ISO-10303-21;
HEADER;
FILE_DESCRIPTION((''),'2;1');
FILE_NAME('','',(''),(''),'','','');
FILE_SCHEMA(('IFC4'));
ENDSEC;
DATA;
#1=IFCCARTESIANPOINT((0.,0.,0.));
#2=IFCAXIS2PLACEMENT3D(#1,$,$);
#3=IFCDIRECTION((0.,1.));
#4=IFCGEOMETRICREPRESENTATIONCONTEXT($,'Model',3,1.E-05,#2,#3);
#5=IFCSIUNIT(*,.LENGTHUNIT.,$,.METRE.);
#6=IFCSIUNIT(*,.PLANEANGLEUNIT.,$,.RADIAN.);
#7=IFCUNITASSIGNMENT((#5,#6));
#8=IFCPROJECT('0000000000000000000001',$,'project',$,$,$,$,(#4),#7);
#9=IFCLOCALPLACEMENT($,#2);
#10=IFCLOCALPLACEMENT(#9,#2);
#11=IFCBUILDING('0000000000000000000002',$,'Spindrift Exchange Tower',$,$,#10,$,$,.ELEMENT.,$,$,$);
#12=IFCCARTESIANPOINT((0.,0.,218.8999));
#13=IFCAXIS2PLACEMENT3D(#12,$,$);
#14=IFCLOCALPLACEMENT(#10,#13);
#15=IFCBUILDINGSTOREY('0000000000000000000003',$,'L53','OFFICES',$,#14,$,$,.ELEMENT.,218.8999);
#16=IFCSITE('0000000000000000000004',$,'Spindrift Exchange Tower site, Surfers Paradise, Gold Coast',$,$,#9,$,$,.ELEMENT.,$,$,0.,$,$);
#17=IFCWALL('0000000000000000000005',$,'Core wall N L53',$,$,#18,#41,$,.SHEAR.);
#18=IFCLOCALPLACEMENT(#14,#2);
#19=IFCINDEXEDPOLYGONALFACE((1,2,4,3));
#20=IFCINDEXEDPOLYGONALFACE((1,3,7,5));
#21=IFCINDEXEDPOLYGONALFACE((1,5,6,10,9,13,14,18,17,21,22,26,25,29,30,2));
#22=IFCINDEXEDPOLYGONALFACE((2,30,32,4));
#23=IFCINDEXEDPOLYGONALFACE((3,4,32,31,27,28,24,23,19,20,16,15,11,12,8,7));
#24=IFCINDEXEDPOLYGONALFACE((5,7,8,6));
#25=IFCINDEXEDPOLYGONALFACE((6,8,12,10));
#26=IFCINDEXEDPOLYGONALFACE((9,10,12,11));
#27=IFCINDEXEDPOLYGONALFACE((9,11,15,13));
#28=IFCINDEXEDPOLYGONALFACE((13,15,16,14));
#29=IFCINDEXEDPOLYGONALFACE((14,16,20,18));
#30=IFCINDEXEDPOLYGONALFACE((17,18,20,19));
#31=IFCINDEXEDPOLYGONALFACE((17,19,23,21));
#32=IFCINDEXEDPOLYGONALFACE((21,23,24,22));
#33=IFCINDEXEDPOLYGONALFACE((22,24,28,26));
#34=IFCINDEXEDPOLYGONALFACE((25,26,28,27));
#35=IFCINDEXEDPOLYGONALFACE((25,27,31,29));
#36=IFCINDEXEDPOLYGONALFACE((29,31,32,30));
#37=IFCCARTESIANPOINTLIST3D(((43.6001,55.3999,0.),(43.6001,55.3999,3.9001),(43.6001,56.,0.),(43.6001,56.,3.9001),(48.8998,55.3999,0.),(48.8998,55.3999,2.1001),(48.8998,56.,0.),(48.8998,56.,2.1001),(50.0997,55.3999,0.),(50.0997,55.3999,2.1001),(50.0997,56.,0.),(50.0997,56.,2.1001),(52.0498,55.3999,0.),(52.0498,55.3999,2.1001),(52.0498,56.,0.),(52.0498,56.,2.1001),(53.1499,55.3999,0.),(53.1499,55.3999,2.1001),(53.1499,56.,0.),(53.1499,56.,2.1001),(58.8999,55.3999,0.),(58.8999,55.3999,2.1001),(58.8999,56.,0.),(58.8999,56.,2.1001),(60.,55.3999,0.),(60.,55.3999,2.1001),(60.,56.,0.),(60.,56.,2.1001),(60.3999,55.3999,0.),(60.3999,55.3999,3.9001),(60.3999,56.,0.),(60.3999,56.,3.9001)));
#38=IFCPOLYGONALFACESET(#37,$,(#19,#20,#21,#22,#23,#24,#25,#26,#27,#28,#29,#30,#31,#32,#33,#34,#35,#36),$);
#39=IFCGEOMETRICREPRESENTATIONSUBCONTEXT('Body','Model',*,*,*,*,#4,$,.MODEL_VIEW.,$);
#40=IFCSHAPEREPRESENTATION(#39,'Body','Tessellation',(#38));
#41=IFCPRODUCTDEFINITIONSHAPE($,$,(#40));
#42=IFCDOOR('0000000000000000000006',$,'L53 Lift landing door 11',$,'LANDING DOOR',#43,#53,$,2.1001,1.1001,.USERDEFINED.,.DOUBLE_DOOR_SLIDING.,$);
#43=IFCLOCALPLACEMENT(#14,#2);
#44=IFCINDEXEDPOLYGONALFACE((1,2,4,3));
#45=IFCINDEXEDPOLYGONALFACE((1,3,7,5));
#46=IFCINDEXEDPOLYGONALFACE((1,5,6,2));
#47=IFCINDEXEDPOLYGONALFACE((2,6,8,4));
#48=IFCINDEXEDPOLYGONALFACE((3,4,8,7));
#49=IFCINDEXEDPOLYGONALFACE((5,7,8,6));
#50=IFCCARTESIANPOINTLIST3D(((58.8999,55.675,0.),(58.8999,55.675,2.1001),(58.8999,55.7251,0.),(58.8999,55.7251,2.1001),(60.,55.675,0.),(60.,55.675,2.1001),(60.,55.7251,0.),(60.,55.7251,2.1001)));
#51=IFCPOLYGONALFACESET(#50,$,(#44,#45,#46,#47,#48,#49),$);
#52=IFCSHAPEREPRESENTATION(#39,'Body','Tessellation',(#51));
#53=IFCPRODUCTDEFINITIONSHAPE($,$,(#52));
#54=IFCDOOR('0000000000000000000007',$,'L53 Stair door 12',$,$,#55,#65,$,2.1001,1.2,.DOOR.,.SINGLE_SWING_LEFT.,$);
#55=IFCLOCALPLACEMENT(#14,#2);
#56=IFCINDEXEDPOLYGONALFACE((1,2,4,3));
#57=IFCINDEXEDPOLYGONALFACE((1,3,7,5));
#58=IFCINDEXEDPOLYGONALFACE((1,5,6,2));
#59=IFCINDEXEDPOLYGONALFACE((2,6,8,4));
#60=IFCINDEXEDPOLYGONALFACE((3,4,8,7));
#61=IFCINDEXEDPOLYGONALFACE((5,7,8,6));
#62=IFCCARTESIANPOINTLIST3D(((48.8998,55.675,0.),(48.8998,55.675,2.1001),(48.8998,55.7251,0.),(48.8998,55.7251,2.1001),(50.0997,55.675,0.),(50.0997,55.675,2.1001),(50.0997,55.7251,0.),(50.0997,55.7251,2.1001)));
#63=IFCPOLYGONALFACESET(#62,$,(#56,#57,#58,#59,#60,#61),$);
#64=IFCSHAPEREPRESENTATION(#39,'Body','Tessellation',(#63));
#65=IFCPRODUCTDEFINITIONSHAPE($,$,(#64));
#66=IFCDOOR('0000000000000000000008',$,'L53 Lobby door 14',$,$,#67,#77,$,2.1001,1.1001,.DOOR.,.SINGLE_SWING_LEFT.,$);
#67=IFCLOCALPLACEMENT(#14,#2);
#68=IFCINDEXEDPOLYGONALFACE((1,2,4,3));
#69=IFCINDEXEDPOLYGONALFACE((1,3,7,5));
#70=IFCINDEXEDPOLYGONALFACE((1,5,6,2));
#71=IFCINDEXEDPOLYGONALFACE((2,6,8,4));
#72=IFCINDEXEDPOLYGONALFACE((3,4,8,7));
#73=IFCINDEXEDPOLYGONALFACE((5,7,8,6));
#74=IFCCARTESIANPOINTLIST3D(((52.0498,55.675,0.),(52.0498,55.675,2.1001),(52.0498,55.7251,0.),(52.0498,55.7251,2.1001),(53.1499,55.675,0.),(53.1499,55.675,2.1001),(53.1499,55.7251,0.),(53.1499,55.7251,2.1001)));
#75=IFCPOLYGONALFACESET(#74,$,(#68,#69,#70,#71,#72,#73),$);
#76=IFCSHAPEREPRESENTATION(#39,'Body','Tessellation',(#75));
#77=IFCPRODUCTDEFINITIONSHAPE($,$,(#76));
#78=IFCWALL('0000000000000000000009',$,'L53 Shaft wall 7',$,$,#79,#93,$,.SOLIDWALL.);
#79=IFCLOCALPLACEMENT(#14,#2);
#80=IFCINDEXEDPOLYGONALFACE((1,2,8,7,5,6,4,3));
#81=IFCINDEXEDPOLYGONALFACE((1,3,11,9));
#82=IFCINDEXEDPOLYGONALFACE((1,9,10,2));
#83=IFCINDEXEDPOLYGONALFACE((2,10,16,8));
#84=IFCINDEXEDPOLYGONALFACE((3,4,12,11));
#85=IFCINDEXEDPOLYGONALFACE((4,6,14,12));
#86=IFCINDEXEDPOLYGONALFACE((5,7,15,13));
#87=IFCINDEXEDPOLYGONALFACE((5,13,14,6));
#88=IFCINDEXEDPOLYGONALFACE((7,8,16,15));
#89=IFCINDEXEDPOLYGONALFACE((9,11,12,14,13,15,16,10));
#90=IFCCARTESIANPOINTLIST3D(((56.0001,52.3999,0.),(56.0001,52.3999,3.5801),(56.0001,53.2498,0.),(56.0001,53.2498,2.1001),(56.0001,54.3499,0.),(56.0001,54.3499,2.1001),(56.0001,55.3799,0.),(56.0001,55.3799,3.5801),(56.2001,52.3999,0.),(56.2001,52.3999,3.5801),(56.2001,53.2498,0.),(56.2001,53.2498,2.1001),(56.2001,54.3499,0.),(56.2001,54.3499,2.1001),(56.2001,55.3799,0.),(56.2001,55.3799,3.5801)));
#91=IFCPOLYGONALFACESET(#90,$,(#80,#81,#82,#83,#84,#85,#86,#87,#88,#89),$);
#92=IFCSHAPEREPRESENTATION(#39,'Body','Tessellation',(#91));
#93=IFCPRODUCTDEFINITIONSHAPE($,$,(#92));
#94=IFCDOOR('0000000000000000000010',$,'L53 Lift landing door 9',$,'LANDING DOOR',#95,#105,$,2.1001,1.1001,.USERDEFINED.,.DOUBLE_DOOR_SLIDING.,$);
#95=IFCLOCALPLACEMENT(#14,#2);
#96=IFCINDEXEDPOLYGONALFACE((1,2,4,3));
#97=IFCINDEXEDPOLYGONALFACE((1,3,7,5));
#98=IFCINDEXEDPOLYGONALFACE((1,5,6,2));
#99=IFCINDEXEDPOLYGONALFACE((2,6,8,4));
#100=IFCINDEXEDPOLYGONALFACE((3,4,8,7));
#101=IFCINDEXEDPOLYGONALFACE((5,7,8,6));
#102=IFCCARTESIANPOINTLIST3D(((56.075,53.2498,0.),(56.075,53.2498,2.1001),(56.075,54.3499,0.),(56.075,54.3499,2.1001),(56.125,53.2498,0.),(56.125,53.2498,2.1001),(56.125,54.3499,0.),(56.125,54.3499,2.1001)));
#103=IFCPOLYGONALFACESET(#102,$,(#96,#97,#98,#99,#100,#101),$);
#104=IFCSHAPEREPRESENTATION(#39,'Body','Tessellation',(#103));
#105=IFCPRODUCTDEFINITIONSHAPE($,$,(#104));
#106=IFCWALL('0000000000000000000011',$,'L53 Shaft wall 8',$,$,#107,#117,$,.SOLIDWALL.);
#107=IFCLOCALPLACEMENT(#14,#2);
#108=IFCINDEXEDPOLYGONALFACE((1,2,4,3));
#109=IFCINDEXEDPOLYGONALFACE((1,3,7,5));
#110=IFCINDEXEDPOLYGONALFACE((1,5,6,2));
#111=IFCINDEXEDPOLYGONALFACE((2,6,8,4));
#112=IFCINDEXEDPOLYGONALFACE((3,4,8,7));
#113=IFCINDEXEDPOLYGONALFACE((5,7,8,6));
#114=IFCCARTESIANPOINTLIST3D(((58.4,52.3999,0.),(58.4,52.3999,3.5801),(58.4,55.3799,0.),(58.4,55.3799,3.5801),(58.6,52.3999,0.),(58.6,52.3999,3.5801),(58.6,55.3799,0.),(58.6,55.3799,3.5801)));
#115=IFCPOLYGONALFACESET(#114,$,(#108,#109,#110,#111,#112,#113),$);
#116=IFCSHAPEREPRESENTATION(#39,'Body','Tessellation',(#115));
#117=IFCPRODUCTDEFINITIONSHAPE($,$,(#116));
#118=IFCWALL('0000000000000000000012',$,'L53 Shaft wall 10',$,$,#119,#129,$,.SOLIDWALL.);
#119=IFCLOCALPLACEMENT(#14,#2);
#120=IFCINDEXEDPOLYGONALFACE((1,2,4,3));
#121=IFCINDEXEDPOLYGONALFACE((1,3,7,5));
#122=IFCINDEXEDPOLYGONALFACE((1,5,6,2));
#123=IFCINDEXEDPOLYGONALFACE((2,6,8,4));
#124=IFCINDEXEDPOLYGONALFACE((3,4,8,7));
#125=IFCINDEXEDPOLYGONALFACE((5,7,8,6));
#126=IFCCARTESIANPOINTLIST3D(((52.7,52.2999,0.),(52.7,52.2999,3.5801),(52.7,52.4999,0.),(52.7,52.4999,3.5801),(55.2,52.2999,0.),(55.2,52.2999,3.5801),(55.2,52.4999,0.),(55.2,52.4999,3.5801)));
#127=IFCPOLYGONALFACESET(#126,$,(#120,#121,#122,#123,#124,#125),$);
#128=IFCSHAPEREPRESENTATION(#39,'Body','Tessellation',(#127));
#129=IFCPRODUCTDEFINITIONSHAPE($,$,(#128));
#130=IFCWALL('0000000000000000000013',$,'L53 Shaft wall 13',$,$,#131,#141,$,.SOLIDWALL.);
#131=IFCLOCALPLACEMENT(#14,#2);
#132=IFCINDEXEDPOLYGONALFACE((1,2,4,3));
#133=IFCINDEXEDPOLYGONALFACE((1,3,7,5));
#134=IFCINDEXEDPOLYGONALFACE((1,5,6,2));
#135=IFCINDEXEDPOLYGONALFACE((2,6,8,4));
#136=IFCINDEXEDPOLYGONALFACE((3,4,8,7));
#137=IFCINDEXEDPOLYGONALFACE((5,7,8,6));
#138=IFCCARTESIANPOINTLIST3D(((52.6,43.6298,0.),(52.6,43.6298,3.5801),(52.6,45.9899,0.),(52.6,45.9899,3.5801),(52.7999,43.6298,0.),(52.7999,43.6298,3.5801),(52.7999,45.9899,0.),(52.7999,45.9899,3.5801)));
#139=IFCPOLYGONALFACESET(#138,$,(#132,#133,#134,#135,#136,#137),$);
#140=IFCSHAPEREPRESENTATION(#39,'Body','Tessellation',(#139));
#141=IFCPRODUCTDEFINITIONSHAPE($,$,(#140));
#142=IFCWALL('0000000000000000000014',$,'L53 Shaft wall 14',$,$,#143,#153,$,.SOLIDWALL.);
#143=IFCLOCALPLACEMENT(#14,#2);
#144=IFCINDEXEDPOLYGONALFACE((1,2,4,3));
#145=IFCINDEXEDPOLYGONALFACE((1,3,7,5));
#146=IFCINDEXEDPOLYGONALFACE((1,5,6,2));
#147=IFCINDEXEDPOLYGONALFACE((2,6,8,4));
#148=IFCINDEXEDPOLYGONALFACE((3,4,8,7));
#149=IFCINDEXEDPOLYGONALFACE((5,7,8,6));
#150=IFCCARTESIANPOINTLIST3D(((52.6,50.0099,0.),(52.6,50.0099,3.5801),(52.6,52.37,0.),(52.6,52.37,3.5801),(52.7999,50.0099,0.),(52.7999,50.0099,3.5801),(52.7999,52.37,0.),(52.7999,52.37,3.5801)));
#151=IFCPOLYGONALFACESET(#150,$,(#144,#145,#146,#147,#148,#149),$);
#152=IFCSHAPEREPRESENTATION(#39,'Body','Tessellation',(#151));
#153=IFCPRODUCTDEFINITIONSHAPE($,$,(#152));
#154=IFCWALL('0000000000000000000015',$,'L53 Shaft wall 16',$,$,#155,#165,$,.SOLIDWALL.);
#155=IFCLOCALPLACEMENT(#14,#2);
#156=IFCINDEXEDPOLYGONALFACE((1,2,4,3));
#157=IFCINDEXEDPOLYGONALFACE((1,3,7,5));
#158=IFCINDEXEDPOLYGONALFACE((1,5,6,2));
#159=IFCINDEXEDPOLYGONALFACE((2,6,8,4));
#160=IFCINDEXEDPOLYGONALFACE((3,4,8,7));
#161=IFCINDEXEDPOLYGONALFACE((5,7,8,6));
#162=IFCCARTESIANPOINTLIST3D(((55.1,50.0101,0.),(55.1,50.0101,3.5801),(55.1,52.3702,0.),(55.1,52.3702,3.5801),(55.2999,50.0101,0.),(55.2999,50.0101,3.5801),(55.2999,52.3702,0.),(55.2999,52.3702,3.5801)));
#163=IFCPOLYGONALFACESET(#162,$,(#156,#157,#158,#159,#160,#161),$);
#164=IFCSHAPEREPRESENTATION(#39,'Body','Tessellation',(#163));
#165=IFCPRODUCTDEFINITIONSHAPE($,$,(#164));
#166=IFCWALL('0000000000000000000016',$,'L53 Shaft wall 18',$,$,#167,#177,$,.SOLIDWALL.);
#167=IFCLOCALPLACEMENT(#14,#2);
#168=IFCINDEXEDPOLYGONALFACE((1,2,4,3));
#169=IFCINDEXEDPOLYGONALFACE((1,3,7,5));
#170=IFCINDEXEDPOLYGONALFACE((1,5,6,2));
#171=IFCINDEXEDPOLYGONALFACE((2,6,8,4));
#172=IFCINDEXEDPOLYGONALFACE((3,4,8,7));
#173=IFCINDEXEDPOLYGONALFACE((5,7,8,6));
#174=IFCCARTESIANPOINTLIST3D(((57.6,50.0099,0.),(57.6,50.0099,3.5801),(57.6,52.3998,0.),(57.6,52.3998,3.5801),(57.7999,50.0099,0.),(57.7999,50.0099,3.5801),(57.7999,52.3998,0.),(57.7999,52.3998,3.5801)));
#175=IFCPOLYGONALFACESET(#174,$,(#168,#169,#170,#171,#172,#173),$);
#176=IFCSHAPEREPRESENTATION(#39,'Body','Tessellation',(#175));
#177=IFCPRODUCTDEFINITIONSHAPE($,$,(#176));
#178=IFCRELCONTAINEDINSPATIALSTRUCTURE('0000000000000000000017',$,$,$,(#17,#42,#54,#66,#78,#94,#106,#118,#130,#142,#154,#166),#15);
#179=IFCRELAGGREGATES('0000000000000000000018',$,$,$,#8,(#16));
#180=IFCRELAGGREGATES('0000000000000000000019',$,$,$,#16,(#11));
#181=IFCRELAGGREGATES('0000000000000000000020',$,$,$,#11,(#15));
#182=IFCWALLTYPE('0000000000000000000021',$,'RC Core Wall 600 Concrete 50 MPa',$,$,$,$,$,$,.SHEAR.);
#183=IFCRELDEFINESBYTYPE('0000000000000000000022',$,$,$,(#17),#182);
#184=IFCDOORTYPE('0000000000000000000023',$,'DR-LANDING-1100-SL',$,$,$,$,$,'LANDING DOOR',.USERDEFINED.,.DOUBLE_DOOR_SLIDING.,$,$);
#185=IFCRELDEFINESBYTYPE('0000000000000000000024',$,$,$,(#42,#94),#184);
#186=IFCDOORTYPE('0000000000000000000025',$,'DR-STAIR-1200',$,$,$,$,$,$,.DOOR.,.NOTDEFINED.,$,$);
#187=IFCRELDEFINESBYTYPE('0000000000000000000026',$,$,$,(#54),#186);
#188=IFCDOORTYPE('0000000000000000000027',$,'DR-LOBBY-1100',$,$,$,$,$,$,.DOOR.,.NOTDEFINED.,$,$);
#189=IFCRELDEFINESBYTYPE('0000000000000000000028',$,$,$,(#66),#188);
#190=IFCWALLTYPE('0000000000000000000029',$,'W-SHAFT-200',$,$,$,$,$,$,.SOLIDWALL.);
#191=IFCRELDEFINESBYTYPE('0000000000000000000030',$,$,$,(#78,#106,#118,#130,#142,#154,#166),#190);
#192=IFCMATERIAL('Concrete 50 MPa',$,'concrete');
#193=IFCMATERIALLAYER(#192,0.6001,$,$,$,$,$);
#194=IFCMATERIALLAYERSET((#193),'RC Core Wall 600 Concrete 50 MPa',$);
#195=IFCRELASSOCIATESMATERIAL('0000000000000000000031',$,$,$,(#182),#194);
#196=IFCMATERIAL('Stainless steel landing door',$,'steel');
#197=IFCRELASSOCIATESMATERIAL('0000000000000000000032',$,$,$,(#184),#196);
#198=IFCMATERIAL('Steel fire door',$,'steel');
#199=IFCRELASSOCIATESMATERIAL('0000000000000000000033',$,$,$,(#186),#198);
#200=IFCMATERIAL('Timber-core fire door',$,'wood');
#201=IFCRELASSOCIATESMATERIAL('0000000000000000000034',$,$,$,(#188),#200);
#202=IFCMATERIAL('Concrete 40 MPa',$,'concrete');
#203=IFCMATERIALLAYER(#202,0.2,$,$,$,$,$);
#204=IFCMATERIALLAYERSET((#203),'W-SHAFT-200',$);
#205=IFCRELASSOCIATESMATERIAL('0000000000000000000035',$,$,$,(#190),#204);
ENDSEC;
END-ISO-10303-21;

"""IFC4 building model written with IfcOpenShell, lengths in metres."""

from ifc_helpers import new_model, si_unit, direction, frame, frame_2d, origin, place, context, subcontext, project, spatial, rectangle, extrude, source, transform, mapped, material, layer, layer_set, type_object, element, fill, save


model = new_model("IFC4")

# Units and contexts
model_context = context("Model", 3, precision=1e-05, world=origin(), true_north=direction((0.0, 1.0)))
body_context = subcontext(model_context, "Body", "Model", "MODEL_VIEW")
ifc_project = project(units=[si_unit("LENGTHUNIT", "METRE"), si_unit("PLANEANGLEUNIT", "RADIAN")], contexts=[model_context])

# Site, building, storey
site_placement = place(None, origin())
site = spatial("IfcSite", under=ifc_project, at=site_placement, Name="Spindrift Exchange Tower site, Surfers Paradise, Gold Coast", CompositionType="ELEMENT", RefElevation=0.0)
building_placement = place(site_placement, origin())
building = spatial("IfcBuilding", under=site, at=building_placement, Name="Spindrift Exchange Tower", CompositionType="ELEMENT")
storey_placement = place(building_placement, frame((0.0, 0.0, 218.8999)))
storey = spatial("IfcBuildingStorey", under=building, at=storey_placement, Name="L53", Description="OFFICES", CompositionType="ELEMENT", Elevation=218.8999)

# Wall, openings, doors
ifc_material_1 = material(Name="Concrete 50 MPa", Category="concrete")
ifc_layer_1 = layer(ifc_material_1, 0.6001)
ifc_layer_set_1 = layer_set([ifc_layer_1], Name="RC Core Wall 600 Concrete 50 MPa")
wall_type_1 = type_object("IfcWallType", Name="RC Core Wall 600 Concrete 50 MPa", PredefinedType="SHEAR", material=ifc_layer_set_1)
wall_1_placement = place(storey_placement, frame((60.3999, 55.7, 0.0), z_axis=(0.0, 0.0, 1.0), x_axis=(-1.0, 0.0, 0.0)))
wall_1 = element("IfcWall", 1, at=wall_1_placement, inside=storey, type_object=wall_type_1, Name="Core wall N L53", PredefinedType="SHEAR", context=body_context, shape_type="SweptSolid", body=[
    extrude(rectangle(XDim=16.7998, YDim=0.6001, at=frame_2d((8.3999, 0.0))), origin(), (0.0, 0.0, 1.0), 3.9001),
])
opening_1_placement = place(wall_1_placement, frame((0.3999, 0.0, 0.0)))
opening_1 = element("IfcOpeningElement", 2, at=opening_1_placement, cuts=wall_1, PredefinedType="OPENING", context=body_context, shape_type="SweptSolid", body=[
    extrude(rectangle(XDim=1.1001, YDim=2.1001, at=frame_2d((0.55, 1.05))), frame((0.0, 0.3101, 0.0), z_axis=(0.0, -1.0, 0.0), x_axis=(1.0, 0.0, 0.0)), (0.0, 0.0, 1.0), 0.6201),
])
opening_2_placement = place(wall_1_placement, frame((10.3, 0.0, 0.0)))
opening_2 = element("IfcOpeningElement", 3, at=opening_2_placement, cuts=wall_1, PredefinedType="OPENING", context=body_context, shape_type="SweptSolid", body=[
    extrude(rectangle(XDim=1.2, YDim=2.1001, at=frame_2d((0.6001, 1.05))), frame((0.0, 0.3101, 0.0), z_axis=(0.0, -1.0, 0.0), x_axis=(1.0, 0.0, 0.0)), (0.0, 0.0, 1.0), 0.6201),
])
opening_3_placement = place(wall_1_placement, frame((7.25, 0.0, 0.0)))
opening_3 = element("IfcOpeningElement", 4, at=opening_3_placement, cuts=wall_1, PredefinedType="OPENING", context=body_context, shape_type="SweptSolid", body=[
    extrude(rectangle(XDim=1.1001, YDim=2.1001, at=frame_2d((0.55, 1.05))), frame((0.0, 0.3101, 0.0), z_axis=(0.0, -1.0, 0.0), x_axis=(1.0, 0.0, 0.0)), (0.0, 0.0, 1.0), 0.6201),
])
ifc_material_2 = material(Name="Stainless steel landing door", Category="steel")
door_type_1 = type_object("IfcDoorType", Name="DR-LANDING-1100-SL", ElementType="LANDING DOOR", OperationType="DOUBLE_DOOR_SLIDING", PredefinedType="USERDEFINED", material=ifc_material_2)
shared_shape_1 = source(origin(), body_context, "Body", "SweptSolid", [
    extrude(rectangle(XDim=1.1001, YDim=2.1001, at=frame_2d((0.55, 1.05))), frame((0.0, 0.0249, 0.0), z_axis=(0.0, -1.0, 0.0), x_axis=(1.0, 0.0, 0.0)), (0.0, 0.0, 1.0), 0.05),
])
door_1_placement = place(opening_1_placement, origin())
door_1 = element("IfcDoor", 5, at=door_1_placement, inside=storey, type_object=door_type_1, Name="L53 Lift landing door 11", ObjectType="LANDING DOOR", OperationType="DOUBLE_DOOR_SLIDING", OverallHeight=2.1001, OverallWidth=1.1001, PredefinedType="USERDEFINED", context=body_context, shape_type="MappedRepresentation", body=[
    mapped(shared_shape_1, transform((0.0, 0.0, 0.0), scale=1.0)),
])
fill(opening_1, door_1)
ifc_material_3 = material(Name="Steel fire door", Category="steel")
door_type_2 = type_object("IfcDoorType", Name="DR-STAIR-1200", OperationType="NOTDEFINED", PredefinedType="DOOR", material=ifc_material_3)
shared_shape_2 = source(origin(), body_context, "Body", "SweptSolid", [
    extrude(rectangle(XDim=1.2, YDim=2.1001, at=frame_2d((0.6001, 1.05))), frame((0.0, 0.0249, 0.0), z_axis=(0.0, -1.0, 0.0), x_axis=(1.0, 0.0, 0.0)), (0.0, 0.0, 1.0), 0.05),
])
door_2_placement = place(opening_2_placement, origin())
door_2 = element("IfcDoor", 6, at=door_2_placement, inside=storey, type_object=door_type_2, Name="L53 Stair door 12", OperationType="SINGLE_SWING_LEFT", OverallHeight=2.1001, OverallWidth=1.2, PredefinedType="DOOR", context=body_context, shape_type="MappedRepresentation", body=[
    mapped(shared_shape_2, transform((0.0, 0.0, 0.0), scale=1.0)),
])
fill(opening_2, door_2)
ifc_material_4 = material(Name="Timber-core fire door", Category="wood")
door_type_3 = type_object("IfcDoorType", Name="DR-LOBBY-1100", OperationType="NOTDEFINED", PredefinedType="DOOR", material=ifc_material_4)
shared_shape_3 = source(origin(), body_context, "Body", "SweptSolid", [
    extrude(rectangle(XDim=1.1001, YDim=2.1001, at=frame_2d((0.55, 1.05))), frame((0.0, 0.0249, 0.0), z_axis=(0.0, -1.0, 0.0), x_axis=(1.0, 0.0, 0.0)), (0.0, 0.0, 1.0), 0.05),
])
door_3_placement = place(opening_3_placement, origin())
door_3 = element("IfcDoor", 7, at=door_3_placement, inside=storey, type_object=door_type_3, Name="L53 Lobby door 14", OperationType="SINGLE_SWING_LEFT", OverallHeight=2.1001, OverallWidth=1.1001, PredefinedType="DOOR", context=body_context, shape_type="MappedRepresentation", body=[
    mapped(shared_shape_3, transform((0.0, 0.0, 0.0), scale=1.0)),
])
fill(opening_3, door_3)

# Wall, opening, door
ifc_material_5 = material(Name="Concrete 40 MPa", Category="concrete")
ifc_layer_2 = layer(ifc_material_5, 0.2)
ifc_layer_set_2 = layer_set([ifc_layer_2], Name="W-SHAFT-200")
wall_type_2 = type_object("IfcWallType", Name="W-SHAFT-200", PredefinedType="SOLIDWALL", material=ifc_layer_set_2)
wall_2_placement = place(storey_placement, frame((56.1001, 55.3799, 0.0), z_axis=(0.0, 0.0, 1.0), x_axis=(0.0, -1.0, 0.0)))
wall_2 = element("IfcWall", 8, at=wall_2_placement, inside=storey, type_object=wall_type_2, Name="L53 Shaft wall 7", PredefinedType="SOLIDWALL", context=body_context, shape_type="SweptSolid", body=[
    extrude(rectangle(XDim=2.98, YDim=0.2, at=frame_2d((1.49, 0.0))), origin(), (0.0, 0.0, 1.0), 3.5801),
])
opening_4_placement = place(wall_2_placement, frame((1.03, 0.0, 0.0)))
opening_4 = element("IfcOpeningElement", 9, at=opening_4_placement, cuts=wall_2, PredefinedType="OPENING", context=body_context, shape_type="SweptSolid", body=[
    extrude(rectangle(XDim=1.1001, YDim=2.1001, at=frame_2d((0.55, 1.05))), frame((0.0, 0.1099, 0.0), z_axis=(0.0, -1.0, 0.0), x_axis=(1.0, 0.0, 0.0)), (0.0, 0.0, 1.0), 0.22),
])
door_4_placement = place(opening_4_placement, origin())
door_4 = element("IfcDoor", 10, at=door_4_placement, inside=storey, type_object=door_type_1, Name="L53 Lift landing door 9", ObjectType="LANDING DOOR", OperationType="DOUBLE_DOOR_SLIDING", OverallHeight=2.1001, OverallWidth=1.1001, PredefinedType="USERDEFINED", context=body_context, shape_type="MappedRepresentation", body=[
    mapped(shared_shape_1, transform((0.0, 0.0, 0.0), scale=1.0)),
])
fill(opening_4, door_4)

# Walls
wall_3_placement = place(storey_placement, frame((58.5, 52.3999, 0.0), z_axis=(0.0, 0.0, 1.0), x_axis=(0.0, 1.0, 0.0)))
element("IfcWall", 11, at=wall_3_placement, inside=storey, type_object=wall_type_2, Name="L53 Shaft wall 8", PredefinedType="SOLIDWALL", context=body_context, shape_type="SweptSolid", body=[
    extrude(rectangle(XDim=2.98, YDim=0.2, at=frame_2d((1.49, 0.0))), origin(), (0.0, 0.0, 1.0), 3.5801),
])
wall_4_placement = place(storey_placement, frame((55.2, 52.3999, 0.0), z_axis=(0.0, 0.0, 1.0), x_axis=(-1.0, 0.0, 0.0)))
element("IfcWall", 12, at=wall_4_placement, inside=storey, type_object=wall_type_2, Name="L53 Shaft wall 10", PredefinedType="SOLIDWALL", context=body_context, shape_type="SweptSolid", body=[
    extrude(rectangle(XDim=2.5, YDim=0.2, at=frame_2d((1.25, 0.0))), origin(), (0.0, 0.0, 1.0), 3.5801),
])
for number, where, z_axis, x_axis, name in (
    (13, (52.7, 45.99, 0.0), (0.0, 0.0, 1.0), (0.0, -1.0, 0.0), "L53 Shaft wall 13"),
    (14, (52.7, 52.3701, 0.0), (0.0, 0.0, 1.0), (0.0, -1.0, 0.0), "L53 Shaft wall 14"),
    (15, (55.2, 50.01, 0.0), (0.0, 0.0, 1.0), (0.0, 1.0, 0.0), "L53 Shaft wall 16"),
):
    element("IfcWall", number, at=place(storey_placement, frame(where, z_axis=z_axis, x_axis=x_axis)), inside=storey, type_object=wall_type_2, Name=name, PredefinedType="SOLIDWALL", context=body_context, shape_type="SweptSolid", body=[
        extrude(rectangle(XDim=2.3601, YDim=0.2, at=frame_2d((1.1802, 0.0))), origin(), (0.0, 0.0, 1.0), 3.5801),
    ])
wall_5_placement = place(storey_placement, frame((57.7, 50.01, 0.0), z_axis=(0.0, 0.0, 1.0), x_axis=(0.0, 1.0, 0.0)))
element("IfcWall", 16, at=wall_5_placement, inside=storey, type_object=wall_type_2, Name="L53 Shaft wall 18", PredefinedType="SOLIDWALL", context=body_context, shape_type="SweptSolid", body=[
    extrude(rectangle(XDim=2.3899, YDim=0.2, at=frame_2d((1.1948, 0.0))), origin(), (0.0, 0.0, 1.0), 3.5801),
])

save(model, "model.ifc")
